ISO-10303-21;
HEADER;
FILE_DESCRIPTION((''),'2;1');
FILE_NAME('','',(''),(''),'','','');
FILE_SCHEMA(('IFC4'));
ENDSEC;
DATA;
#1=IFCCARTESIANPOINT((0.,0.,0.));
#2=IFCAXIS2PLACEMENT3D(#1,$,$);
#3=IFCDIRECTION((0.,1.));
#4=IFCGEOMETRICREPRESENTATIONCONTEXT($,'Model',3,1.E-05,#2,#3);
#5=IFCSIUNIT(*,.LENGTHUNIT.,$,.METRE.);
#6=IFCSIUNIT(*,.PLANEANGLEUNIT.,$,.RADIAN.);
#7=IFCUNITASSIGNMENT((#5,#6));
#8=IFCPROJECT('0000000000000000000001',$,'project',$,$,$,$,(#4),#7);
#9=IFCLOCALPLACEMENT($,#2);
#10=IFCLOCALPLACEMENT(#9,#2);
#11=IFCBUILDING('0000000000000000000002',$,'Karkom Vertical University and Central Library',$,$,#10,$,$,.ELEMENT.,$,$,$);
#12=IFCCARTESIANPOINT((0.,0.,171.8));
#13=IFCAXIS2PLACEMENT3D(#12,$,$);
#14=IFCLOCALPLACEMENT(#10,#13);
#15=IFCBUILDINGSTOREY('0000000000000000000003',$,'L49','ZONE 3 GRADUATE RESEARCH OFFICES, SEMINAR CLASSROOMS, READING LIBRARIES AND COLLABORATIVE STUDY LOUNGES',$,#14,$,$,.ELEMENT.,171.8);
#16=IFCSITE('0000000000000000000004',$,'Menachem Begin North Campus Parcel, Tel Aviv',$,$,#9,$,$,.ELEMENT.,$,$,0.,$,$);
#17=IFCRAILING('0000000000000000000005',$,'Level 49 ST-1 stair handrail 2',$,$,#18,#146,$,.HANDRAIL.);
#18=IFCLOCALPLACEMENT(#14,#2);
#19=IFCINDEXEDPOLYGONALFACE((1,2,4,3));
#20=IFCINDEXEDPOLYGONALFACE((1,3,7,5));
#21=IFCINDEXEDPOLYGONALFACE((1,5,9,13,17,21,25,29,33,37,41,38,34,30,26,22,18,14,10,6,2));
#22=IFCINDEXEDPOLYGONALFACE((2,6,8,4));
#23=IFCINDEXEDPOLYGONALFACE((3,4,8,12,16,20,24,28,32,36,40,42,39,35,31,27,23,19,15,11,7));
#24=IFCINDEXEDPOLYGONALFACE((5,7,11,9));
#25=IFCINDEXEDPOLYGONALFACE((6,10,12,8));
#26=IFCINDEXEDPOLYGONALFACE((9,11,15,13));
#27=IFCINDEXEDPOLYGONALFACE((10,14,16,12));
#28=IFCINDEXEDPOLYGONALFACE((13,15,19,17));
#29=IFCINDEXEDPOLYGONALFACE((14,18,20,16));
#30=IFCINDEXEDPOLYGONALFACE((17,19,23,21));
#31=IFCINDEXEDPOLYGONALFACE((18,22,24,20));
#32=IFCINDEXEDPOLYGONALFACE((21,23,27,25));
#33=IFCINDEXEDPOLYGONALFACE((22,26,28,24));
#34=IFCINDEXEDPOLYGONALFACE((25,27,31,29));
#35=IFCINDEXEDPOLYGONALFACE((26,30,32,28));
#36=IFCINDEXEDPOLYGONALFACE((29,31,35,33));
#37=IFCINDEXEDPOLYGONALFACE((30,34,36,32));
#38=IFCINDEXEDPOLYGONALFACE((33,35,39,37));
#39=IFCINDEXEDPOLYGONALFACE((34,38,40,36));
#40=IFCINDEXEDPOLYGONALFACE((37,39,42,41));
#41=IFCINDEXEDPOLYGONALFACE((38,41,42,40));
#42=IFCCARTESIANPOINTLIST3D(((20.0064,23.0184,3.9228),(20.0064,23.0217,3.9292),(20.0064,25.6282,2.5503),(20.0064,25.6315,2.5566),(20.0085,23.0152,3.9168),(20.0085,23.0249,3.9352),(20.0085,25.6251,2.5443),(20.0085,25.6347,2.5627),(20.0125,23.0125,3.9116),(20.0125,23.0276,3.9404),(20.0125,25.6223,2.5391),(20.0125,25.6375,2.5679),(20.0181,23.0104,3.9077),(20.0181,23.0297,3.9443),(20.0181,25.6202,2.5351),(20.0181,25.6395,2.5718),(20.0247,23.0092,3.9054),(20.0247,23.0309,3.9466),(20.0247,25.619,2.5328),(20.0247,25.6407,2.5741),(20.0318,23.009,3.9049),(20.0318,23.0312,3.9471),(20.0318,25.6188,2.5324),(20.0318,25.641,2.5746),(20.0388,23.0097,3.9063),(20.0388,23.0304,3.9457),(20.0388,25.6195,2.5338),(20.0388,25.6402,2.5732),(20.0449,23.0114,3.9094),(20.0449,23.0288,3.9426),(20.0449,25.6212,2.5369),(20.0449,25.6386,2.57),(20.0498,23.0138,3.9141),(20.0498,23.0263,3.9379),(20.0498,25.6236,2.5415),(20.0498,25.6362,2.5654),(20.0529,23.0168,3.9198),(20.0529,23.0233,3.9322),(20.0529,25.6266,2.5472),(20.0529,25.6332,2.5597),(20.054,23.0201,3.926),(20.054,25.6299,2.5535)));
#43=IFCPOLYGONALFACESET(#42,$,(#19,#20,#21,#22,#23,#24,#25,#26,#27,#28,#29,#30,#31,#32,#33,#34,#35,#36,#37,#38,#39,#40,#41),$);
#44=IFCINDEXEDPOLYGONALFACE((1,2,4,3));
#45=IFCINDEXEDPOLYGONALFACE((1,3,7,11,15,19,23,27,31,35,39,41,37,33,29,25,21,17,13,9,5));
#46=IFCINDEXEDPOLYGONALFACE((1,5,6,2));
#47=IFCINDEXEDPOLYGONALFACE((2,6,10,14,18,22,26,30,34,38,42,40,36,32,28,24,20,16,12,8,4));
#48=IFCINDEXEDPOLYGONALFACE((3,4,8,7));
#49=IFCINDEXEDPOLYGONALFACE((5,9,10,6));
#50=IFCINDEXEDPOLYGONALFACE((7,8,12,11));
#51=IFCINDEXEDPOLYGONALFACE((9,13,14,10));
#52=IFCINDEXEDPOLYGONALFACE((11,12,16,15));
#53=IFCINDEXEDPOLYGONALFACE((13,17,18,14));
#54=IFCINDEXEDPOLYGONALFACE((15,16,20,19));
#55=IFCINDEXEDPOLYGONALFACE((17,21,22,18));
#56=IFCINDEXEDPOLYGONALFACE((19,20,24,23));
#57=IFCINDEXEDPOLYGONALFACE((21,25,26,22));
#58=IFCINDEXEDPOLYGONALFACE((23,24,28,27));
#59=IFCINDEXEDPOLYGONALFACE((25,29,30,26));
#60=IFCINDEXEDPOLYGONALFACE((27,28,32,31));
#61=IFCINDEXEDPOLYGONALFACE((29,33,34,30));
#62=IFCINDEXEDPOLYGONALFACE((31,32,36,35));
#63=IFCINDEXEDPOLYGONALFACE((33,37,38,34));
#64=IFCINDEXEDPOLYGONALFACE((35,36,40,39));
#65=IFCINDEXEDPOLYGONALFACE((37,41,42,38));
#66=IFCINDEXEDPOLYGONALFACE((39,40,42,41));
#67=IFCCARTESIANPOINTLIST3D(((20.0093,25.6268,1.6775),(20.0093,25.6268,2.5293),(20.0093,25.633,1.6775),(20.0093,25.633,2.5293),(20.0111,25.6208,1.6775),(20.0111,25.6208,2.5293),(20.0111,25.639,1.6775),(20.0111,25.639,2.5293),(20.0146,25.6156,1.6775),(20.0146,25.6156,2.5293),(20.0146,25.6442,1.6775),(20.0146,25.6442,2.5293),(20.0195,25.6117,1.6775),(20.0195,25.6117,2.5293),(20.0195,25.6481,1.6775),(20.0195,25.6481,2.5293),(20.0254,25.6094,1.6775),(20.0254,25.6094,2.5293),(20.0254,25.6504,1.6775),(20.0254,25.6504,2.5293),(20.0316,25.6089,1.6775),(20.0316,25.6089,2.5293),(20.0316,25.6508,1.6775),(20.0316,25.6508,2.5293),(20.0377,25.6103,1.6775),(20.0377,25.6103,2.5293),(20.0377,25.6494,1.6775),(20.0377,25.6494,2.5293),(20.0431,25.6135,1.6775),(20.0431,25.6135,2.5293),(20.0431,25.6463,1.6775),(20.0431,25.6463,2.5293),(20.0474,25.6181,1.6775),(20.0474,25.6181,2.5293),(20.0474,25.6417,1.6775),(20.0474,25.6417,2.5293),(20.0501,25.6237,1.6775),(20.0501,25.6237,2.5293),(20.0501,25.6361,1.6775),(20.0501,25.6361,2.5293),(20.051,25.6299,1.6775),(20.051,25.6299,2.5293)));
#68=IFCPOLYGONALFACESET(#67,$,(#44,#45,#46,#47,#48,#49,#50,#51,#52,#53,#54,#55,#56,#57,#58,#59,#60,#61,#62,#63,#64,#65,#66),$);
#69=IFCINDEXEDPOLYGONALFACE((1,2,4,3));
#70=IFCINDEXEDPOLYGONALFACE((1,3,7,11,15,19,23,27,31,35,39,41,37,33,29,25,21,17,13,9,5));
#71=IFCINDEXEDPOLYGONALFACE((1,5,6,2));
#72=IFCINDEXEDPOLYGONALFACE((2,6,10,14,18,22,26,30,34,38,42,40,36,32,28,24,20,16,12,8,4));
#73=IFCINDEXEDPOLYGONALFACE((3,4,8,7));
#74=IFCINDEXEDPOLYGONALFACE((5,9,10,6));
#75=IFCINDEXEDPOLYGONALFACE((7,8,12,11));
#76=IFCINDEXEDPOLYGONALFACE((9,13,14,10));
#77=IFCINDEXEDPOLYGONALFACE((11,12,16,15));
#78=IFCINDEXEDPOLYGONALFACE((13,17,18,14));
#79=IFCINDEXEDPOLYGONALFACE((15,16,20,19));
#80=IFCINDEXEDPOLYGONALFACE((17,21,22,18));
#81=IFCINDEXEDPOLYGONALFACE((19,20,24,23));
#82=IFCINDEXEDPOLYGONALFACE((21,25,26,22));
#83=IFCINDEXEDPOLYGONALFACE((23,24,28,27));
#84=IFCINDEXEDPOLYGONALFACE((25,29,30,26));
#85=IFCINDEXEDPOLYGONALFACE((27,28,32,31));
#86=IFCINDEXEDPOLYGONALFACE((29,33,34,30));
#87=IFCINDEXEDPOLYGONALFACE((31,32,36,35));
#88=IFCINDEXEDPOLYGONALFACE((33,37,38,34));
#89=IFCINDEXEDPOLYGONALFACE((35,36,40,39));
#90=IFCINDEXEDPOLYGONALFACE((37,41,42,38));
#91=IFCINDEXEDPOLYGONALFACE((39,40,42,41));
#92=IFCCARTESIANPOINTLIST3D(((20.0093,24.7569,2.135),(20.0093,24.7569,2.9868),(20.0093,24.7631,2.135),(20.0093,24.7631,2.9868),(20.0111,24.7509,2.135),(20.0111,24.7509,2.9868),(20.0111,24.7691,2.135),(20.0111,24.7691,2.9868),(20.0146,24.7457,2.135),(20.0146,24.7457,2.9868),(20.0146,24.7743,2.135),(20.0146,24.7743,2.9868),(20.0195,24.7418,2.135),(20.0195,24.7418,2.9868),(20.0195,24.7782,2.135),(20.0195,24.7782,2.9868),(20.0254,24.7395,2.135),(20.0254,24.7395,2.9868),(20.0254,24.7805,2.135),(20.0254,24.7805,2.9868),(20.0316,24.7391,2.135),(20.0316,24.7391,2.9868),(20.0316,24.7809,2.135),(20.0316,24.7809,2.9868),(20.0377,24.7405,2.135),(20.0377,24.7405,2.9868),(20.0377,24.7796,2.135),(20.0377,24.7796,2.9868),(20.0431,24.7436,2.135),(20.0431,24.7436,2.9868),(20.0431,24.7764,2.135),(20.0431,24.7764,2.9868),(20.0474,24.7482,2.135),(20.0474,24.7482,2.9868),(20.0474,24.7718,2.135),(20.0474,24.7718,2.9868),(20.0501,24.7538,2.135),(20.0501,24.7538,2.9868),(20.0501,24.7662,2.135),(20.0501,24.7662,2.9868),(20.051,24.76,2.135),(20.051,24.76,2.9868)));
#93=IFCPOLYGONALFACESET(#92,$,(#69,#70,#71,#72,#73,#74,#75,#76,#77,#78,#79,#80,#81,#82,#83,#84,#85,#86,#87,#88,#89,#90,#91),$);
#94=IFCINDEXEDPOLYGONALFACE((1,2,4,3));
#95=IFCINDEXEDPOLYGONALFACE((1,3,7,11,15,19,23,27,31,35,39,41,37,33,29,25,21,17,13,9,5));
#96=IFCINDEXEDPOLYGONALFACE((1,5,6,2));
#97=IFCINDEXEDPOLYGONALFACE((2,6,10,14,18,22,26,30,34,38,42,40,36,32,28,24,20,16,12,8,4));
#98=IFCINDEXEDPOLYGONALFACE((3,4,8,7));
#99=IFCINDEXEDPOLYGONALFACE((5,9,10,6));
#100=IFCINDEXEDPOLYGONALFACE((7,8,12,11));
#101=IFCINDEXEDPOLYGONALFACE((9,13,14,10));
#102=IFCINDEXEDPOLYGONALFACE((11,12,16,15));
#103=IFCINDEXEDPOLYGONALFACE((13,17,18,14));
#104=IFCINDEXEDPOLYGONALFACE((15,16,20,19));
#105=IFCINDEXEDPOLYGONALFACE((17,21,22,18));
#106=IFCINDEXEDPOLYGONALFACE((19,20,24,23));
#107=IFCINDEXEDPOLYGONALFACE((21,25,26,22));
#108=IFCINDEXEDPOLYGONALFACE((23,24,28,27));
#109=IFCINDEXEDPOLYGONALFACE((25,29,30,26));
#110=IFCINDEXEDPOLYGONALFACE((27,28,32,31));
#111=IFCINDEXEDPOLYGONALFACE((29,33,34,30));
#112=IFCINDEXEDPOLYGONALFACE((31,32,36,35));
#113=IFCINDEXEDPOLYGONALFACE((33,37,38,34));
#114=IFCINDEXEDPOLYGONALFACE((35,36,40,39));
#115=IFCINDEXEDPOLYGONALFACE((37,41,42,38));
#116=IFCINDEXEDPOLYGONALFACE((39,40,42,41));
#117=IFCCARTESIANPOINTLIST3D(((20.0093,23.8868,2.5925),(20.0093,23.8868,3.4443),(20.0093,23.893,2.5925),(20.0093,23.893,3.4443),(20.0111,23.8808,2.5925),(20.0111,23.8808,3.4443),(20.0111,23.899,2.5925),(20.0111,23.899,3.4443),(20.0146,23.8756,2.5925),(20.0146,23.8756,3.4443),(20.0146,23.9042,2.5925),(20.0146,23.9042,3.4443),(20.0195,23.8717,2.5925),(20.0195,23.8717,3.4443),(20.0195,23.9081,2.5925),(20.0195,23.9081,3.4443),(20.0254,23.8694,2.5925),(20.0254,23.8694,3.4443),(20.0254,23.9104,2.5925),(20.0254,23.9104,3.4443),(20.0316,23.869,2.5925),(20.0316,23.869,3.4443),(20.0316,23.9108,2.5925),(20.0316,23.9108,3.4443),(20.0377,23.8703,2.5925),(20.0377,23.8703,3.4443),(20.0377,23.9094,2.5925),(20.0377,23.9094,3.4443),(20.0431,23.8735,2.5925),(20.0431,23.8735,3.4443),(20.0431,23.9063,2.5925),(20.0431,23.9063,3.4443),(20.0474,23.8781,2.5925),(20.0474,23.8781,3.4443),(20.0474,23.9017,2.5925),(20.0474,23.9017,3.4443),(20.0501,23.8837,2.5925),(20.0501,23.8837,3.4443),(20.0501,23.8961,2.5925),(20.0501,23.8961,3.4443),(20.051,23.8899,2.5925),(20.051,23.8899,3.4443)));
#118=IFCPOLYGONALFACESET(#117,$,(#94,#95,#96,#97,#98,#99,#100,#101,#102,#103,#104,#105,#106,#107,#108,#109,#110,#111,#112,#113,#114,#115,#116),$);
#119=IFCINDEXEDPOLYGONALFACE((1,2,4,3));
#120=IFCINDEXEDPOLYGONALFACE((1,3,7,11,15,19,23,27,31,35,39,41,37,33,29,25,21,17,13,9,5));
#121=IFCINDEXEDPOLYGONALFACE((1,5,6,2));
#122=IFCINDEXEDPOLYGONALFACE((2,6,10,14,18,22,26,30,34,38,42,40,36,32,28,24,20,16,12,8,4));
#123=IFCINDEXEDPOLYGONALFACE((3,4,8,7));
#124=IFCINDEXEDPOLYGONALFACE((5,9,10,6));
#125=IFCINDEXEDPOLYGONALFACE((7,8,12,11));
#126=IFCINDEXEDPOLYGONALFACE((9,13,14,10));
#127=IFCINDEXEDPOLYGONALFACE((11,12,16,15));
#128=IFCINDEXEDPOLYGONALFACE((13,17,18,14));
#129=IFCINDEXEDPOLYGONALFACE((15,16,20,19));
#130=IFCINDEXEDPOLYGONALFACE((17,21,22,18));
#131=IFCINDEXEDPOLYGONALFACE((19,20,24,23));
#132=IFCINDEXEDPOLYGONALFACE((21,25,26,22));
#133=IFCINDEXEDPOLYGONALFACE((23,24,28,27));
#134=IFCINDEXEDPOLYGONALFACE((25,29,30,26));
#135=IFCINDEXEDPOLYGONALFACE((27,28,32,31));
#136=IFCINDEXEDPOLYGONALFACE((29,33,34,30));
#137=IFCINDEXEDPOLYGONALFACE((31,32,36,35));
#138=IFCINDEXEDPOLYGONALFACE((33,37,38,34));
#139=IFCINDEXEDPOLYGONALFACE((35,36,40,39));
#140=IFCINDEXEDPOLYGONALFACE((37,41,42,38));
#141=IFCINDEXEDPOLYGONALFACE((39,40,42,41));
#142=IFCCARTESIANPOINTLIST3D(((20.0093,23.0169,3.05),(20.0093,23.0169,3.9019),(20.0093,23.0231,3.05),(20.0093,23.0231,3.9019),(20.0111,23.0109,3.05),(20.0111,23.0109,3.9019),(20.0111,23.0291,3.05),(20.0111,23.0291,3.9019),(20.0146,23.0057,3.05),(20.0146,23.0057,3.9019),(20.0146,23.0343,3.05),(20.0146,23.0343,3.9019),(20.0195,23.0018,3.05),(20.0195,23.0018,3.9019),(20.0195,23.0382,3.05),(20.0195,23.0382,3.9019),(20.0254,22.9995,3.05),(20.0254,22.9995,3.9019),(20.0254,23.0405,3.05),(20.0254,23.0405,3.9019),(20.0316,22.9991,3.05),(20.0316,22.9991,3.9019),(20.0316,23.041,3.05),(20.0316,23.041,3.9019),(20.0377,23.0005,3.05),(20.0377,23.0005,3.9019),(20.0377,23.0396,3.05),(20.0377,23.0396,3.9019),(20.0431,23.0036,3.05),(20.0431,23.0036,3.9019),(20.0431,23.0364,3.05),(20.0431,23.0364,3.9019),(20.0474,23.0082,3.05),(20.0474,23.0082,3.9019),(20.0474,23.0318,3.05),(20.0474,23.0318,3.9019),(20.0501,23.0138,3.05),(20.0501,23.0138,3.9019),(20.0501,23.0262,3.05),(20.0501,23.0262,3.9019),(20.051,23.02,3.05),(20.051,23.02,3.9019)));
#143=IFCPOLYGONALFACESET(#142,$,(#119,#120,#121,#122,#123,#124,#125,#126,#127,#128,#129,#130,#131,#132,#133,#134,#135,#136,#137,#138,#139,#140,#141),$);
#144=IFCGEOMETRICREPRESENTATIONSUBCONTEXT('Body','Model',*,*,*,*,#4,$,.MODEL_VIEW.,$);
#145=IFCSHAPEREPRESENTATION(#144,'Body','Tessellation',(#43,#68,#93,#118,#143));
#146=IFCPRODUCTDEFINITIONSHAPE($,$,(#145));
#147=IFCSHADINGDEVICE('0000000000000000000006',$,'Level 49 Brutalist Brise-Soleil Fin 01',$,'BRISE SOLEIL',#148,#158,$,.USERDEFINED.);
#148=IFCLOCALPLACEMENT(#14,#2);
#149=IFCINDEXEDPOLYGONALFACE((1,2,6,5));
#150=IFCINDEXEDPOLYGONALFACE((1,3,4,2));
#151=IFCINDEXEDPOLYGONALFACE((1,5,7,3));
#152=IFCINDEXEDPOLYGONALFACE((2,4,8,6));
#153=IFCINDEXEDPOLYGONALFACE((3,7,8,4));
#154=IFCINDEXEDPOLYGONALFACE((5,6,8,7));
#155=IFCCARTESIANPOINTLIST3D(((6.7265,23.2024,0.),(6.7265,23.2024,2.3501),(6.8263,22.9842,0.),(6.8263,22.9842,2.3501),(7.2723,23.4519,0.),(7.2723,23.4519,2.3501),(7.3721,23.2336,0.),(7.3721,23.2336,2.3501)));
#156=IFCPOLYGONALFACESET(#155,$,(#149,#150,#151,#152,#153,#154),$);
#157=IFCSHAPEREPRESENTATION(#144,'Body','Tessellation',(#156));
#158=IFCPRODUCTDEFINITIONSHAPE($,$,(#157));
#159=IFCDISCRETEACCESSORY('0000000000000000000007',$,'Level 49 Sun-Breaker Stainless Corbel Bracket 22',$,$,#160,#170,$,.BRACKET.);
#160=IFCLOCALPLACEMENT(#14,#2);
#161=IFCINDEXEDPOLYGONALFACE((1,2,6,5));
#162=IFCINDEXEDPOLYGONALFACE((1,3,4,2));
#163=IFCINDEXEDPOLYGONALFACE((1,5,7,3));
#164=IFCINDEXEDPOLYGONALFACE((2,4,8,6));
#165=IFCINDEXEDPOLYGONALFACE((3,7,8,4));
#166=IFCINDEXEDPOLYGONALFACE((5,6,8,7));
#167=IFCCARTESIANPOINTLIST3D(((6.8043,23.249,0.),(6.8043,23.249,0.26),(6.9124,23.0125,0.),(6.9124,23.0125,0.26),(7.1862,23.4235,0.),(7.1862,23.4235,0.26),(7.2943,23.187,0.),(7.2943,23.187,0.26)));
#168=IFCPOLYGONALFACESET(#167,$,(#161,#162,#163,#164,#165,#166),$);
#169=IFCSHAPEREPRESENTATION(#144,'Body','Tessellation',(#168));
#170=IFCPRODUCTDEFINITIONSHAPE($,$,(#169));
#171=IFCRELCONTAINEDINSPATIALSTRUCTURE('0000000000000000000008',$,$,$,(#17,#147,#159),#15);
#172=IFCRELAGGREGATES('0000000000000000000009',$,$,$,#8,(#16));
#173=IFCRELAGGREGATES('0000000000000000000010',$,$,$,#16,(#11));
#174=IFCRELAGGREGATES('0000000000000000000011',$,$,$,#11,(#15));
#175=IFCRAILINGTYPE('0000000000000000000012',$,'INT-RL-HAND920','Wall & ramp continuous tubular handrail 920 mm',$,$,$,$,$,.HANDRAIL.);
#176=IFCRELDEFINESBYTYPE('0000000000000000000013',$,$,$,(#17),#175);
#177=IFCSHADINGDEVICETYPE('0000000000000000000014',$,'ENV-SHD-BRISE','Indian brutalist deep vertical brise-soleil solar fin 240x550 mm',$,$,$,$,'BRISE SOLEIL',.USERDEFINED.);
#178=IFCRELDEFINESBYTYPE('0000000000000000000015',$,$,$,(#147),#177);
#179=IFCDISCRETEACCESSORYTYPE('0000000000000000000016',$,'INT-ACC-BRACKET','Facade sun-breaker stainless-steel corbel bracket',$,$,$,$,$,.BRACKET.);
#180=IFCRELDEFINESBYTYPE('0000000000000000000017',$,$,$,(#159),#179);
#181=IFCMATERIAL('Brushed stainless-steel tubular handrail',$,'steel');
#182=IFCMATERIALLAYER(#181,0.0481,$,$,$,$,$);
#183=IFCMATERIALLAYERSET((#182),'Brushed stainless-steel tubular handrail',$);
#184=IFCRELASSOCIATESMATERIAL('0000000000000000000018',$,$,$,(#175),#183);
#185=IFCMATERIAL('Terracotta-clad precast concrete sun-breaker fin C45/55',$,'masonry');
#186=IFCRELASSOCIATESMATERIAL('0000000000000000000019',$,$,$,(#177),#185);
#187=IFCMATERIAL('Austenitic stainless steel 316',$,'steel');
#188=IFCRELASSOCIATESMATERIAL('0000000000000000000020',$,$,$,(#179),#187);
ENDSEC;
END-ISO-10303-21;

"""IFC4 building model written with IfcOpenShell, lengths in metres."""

from ifc_helpers import new_model, si_unit, direction, frame, origin, origin_with_axes, origin_2d, place, context, subcontext, project, spatial, rectangle, circle, extrude, source, transform, mapped, material, layer, layer_set, type_object, element, save


model = new_model("IFC4")

# Units and contexts
model_context = context("Model", 3, precision=1e-05, world=origin(), true_north=direction((0.0, 1.0)))
body_context = subcontext(model_context, "Body", "Model", "MODEL_VIEW")
ifc_project = project(units=[si_unit("LENGTHUNIT", "METRE"), si_unit("PLANEANGLEUNIT", "RADIAN")], contexts=[model_context])

# Site, building, storey
site_placement = place(None, origin())
site = spatial("IfcSite", under=ifc_project, at=site_placement, Name="Menachem Begin North Campus Parcel, Tel Aviv", CompositionType="ELEMENT", RefElevation=0.0)
building_placement = place(site_placement, origin())
building = spatial("IfcBuilding", under=site, at=building_placement, Name="Karkom Vertical University and Central Library", CompositionType="ELEMENT")
storey_placement = place(building_placement, frame((0.0, 0.0, 171.8)))
storey = spatial("IfcBuildingStorey", under=building, at=storey_placement, Name="L49", Description="ZONE 3 GRADUATE RESEARCH OFFICES, SEMINAR CLASSROOMS, READING LIBRARIES AND COLLABORATIVE STUDY LOUNGES", CompositionType="ELEMENT", Elevation=171.8)

# Railing
ifc_material_1 = material(Name="Brushed stainless-steel tubular handrail", Category="steel")
ifc_layer_1 = layer(ifc_material_1, 0.0481)
ifc_layer_set_1 = layer_set([ifc_layer_1], Name="Brushed stainless-steel tubular handrail")
railing_type_1 = type_object("IfcRailingType", Name="INT-RL-HAND920", Description="Wall & ramp continuous tubular handrail 920 mm", PredefinedType="HANDRAIL", material=ifc_layer_set_1)
railing_1_placement = place(storey_placement, frame((20.03, 25.6299, 1.6775)))
element("IfcRailing", 1, at=railing_1_placement, inside=storey, type_object=railing_type_1, Name="Level 49 ST-1 stair handrail 2", PredefinedType="HANDRAIL", context=body_context, shape_type="SweptSolid", body=[
    extrude(circle(Radius=0.0239, at=origin_2d()), frame((0.0, 0.0, 0.876), z_axis=(0.0, -0.885065, 0.465467), x_axis=(1.0, 0.0, 0.0)), (0.0, 0.0, 1.0), 2.9487),
    extrude(circle(Radius=0.021, at=origin_2d()), origin(), (0.0, 0.0, 1.0), 0.8518),
    extrude(circle(Radius=0.021, at=origin_2d()), frame((0.0, -0.8699, 0.4575)), (0.0, 0.0, 1.0), 0.8518),
    extrude(circle(Radius=0.021, at=origin_2d()), frame((0.0, -1.74, 0.915)), (0.0, 0.0, 1.0), 0.8518),
    extrude(circle(Radius=0.021, at=origin_2d()), frame((0.0, -2.6099, 1.3726)), (0.0, 0.0, 1.0), 0.8518),
])

# Shading device
ifc_material_2 = material(Name="Terracotta-clad precast concrete sun-breaker fin C45/55", Category="masonry")
shading_device_type = type_object("IfcShadingDeviceType", Name="ENV-SHD-BRISE", Description="Indian brutalist deep vertical brise-soleil solar fin 240x550 mm", ElementType="BRISE SOLEIL", PredefinedType="USERDEFINED", material=ifc_material_2)
shared_shape_1 = source(origin_with_axes(), body_context, "Body", "SweptSolid", [
    extrude(rectangle(XDim=0.24, YDim=0.6001, at=origin_2d()), origin(), (0.0, 0.0, 1.0), 2.3501),
])
shading_device_placement = place(storey_placement, frame((7.0493, 23.218, 0.0), z_axis=(0.0, 0.0, 1.0), x_axis=(0.415646, -0.909527, 0.0)))
element("IfcShadingDevice", 2, at=shading_device_placement, inside=storey, type_object=shading_device_type, Name="Level 49 Brutalist Brise-Soleil Fin 01", ObjectType="BRISE SOLEIL", PredefinedType="USERDEFINED", context=body_context, shape_type="MappedRepresentation", body=[
    mapped(shared_shape_1, transform((0.0, 0.0, 0.0), scale=1.0)),
])

# Discrete accessory
ifc_material_3 = material(Name="Austenitic stainless steel 316", Category="steel")
discrete_accessory_type = type_object("IfcDiscreteAccessoryType", Name="INT-ACC-BRACKET", Description="Facade sun-breaker stainless-steel corbel bracket", PredefinedType="BRACKET", material=ifc_material_3)
shared_shape_2 = source(origin_with_axes(), body_context, "Body", "SweptSolid", [
    extrude(rectangle(XDim=0.26, YDim=0.4199, at=origin_2d()), origin(), (0.0, 0.0, 1.0), 0.26),
])
discrete_accessory_placement = place(storey_placement, frame((7.0493, 23.218, 0.0), z_axis=(0.0, 0.0, 1.0), x_axis=(0.415646, -0.909527, 0.0)))
element("IfcDiscreteAccessory", 3, at=discrete_accessory_placement, inside=storey, type_object=discrete_accessory_type, Name="Level 49 Sun-Breaker Stainless Corbel Bracket 22", PredefinedType="BRACKET", context=body_context, shape_type="MappedRepresentation", body=[
    mapped(shared_shape_2, transform((0.0, 0.0, 0.0), scale=1.0)),
])

save(model, "model.ifc")
